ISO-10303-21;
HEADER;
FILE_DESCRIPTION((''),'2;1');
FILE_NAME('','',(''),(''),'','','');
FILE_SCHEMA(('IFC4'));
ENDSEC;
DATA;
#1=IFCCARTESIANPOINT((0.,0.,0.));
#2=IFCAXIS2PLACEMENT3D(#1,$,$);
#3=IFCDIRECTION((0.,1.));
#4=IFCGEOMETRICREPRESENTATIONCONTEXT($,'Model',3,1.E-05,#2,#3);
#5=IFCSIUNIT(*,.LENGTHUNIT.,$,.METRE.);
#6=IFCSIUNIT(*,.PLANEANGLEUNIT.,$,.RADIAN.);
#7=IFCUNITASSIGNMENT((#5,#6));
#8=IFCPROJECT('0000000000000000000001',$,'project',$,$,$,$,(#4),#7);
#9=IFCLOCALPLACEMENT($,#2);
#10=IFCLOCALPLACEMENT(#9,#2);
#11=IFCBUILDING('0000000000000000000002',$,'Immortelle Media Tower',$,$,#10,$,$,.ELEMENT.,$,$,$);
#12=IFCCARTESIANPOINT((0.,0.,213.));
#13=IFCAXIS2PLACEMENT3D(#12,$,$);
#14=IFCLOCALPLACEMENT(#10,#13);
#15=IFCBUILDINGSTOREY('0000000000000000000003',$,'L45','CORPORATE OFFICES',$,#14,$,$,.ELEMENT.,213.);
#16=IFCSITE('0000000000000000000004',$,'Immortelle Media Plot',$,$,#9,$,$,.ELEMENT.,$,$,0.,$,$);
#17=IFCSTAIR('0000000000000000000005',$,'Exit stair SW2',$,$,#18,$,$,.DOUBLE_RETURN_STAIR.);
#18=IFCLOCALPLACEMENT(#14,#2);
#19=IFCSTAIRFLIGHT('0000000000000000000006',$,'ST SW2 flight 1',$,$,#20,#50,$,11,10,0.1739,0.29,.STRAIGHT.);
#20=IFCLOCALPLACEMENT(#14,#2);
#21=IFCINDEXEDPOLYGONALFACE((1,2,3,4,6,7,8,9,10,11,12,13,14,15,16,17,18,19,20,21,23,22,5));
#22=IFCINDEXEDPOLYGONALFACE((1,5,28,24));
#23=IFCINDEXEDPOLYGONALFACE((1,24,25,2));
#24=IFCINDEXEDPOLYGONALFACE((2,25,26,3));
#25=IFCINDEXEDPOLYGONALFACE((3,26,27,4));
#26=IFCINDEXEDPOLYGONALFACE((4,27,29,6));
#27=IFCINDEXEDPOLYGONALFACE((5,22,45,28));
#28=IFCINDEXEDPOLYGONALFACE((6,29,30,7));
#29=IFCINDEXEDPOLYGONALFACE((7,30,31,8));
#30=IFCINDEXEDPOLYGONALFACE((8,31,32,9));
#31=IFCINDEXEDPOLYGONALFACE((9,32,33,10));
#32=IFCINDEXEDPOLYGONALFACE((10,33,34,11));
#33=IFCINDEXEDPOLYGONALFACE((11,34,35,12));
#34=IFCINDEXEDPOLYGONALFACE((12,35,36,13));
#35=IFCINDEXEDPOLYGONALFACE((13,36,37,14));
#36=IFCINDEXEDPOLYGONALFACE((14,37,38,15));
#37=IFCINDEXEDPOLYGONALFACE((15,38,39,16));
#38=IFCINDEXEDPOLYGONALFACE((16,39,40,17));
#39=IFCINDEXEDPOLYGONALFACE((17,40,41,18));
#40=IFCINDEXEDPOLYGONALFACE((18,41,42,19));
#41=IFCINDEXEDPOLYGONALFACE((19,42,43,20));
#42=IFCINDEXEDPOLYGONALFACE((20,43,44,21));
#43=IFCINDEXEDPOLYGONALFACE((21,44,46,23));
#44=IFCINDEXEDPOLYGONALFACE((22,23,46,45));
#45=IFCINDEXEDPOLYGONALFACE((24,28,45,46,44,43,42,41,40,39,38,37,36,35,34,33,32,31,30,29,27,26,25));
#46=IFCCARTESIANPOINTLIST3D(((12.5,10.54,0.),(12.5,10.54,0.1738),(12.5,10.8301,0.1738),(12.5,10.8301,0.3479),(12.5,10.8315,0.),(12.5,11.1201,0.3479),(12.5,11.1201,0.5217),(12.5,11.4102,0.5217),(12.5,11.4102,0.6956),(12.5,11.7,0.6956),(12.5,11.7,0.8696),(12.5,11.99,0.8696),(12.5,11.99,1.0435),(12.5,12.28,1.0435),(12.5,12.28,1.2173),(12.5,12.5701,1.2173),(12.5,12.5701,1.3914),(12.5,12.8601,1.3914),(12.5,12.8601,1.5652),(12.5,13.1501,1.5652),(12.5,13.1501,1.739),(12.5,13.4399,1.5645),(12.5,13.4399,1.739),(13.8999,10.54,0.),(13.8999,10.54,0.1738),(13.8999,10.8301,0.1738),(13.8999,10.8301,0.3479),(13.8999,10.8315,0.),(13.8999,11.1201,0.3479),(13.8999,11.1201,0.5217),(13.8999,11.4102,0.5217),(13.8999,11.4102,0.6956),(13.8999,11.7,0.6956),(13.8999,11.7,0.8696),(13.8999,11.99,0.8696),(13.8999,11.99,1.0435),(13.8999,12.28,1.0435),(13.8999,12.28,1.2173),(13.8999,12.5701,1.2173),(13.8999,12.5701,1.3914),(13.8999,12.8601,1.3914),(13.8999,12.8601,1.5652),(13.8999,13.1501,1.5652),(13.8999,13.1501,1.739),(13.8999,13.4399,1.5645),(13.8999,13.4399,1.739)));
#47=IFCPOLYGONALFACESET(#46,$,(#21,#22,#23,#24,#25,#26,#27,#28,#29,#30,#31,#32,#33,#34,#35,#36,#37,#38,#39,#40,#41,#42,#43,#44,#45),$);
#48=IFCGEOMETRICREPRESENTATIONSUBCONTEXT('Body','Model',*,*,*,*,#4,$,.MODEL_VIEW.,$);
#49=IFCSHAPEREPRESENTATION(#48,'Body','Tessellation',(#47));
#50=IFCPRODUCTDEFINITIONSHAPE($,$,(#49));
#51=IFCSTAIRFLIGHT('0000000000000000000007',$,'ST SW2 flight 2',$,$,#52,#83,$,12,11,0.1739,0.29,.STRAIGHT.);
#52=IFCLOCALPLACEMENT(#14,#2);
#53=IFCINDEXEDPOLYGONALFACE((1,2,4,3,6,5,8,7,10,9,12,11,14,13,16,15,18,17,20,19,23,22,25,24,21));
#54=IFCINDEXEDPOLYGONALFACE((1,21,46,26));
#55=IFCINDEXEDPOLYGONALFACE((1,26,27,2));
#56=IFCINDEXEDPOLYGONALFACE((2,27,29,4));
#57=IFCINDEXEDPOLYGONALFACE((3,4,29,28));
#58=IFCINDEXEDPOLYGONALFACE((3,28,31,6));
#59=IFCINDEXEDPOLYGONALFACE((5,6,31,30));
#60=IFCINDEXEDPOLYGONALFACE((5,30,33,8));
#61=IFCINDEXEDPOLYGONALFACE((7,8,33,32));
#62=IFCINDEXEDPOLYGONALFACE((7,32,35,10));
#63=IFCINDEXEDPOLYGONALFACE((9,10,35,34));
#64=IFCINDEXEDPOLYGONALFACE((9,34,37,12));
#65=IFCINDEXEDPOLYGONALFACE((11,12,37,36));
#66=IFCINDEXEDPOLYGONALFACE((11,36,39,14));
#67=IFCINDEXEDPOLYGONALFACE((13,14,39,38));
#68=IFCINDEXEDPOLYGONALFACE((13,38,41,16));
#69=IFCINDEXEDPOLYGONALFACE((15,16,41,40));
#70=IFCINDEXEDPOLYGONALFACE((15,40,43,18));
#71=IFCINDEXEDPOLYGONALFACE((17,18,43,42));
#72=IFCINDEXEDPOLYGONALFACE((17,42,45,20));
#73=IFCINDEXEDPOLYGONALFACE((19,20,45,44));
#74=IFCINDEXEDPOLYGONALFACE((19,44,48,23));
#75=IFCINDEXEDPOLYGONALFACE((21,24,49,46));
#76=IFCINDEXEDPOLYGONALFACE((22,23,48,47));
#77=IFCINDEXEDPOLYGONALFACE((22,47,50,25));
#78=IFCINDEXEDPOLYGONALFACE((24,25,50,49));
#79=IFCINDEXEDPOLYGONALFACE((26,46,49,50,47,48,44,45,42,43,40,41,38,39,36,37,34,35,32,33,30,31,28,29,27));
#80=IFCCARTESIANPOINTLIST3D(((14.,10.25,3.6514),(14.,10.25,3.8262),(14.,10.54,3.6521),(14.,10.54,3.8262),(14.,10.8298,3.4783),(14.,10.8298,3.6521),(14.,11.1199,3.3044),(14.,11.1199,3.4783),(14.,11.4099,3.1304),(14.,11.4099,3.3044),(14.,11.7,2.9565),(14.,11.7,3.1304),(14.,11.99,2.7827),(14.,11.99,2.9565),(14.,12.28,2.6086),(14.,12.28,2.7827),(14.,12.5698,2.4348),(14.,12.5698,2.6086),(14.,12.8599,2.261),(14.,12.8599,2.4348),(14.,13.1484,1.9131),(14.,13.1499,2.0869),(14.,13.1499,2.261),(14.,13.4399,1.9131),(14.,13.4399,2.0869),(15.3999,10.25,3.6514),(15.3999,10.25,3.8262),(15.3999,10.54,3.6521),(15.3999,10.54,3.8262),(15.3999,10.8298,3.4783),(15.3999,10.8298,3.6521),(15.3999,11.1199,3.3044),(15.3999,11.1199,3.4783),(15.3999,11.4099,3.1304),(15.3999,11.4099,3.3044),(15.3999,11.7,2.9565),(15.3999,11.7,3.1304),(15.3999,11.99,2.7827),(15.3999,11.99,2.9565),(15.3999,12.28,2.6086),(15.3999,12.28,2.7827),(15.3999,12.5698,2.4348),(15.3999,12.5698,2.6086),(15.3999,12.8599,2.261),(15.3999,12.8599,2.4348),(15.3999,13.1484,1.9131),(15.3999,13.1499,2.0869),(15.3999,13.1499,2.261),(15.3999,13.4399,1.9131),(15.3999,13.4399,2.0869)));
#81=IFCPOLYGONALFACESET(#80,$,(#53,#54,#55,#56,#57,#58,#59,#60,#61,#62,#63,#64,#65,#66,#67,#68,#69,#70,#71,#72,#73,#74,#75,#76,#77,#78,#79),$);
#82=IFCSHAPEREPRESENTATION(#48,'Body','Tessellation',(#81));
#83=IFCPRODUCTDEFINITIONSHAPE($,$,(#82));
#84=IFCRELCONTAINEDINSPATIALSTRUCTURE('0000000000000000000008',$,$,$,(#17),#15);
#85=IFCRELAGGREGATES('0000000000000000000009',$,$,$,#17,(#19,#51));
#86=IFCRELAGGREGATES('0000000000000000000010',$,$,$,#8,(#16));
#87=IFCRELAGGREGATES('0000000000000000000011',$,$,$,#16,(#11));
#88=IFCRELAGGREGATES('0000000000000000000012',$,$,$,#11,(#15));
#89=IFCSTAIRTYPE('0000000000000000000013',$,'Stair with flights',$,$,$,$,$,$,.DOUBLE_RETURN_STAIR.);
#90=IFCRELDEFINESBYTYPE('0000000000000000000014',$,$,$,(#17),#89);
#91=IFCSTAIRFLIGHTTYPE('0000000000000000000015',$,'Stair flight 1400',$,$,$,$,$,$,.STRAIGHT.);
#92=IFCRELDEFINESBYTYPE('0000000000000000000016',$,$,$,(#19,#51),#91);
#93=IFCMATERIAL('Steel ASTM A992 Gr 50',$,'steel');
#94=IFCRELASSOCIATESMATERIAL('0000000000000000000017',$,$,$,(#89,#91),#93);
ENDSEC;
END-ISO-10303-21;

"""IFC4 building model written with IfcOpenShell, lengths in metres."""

from ifc_helpers import new_model, si_unit, direction, frame, origin, place, context, subcontext, project, spatial, polyline, outline, extrude, material, type_object, element, aggregate, save


model = new_model("IFC4")

# Units and contexts
model_context = context("Model", 3, precision=1e-05, world=origin(), true_north=direction((0.0, 1.0)))
body_context = subcontext(model_context, "Body", "Model", "MODEL_VIEW")
ifc_project = project(units=[si_unit("LENGTHUNIT", "METRE"), si_unit("PLANEANGLEUNIT", "RADIAN")], contexts=[model_context])

# Site, building, storey
site_placement = place(None, origin())
site = spatial("IfcSite", under=ifc_project, at=site_placement, Name="Immortelle Media Plot", CompositionType="ELEMENT", RefElevation=0.0)
building_placement = place(site_placement, origin())
building = spatial("IfcBuilding", under=site, at=building_placement, Name="Immortelle Media Tower", CompositionType="ELEMENT")
storey_placement = place(building_placement, frame((0.0, 0.0, 213.0)))
storey = spatial("IfcBuildingStorey", under=building, at=storey_placement, Name="L45", Description="CORPORATE OFFICES", CompositionType="ELEMENT", Elevation=213.0)

# Shared definitions
ifc_material_1 = material(Name="Steel ASTM A992 Gr 50", Category="steel")

# Stair, stair flights
stair_type = type_object("IfcStairType", Name="Stair with flights", PredefinedType="DOUBLE_RETURN_STAIR", material=ifc_material_1)
stair_flight_type = type_object("IfcStairFlightType", Name="Stair flight 1400", PredefinedType="STRAIGHT", material=ifc_material_1)
stair_1_placement = place(storey_placement, origin())
stair_1 = element("IfcStair", 1, at=stair_1_placement, inside=storey, type_object=stair_type, Name="Exit stair SW2", PredefinedType="DOUBLE_RETURN_STAIR")
stair_flight_1_placement = place(storey_placement, frame((13.2, 10.54, 0.0), z_axis=(0.0, 0.0, 1.0), x_axis=(0.0, 1.0, 0.0)))
stair_flight_1 = element("IfcStairFlight", 2, at=stair_flight_1_placement, type_object=stair_flight_type, Name="ST SW2 flight 1", NumberOfRisers=11, NumberOfTreads=10, PredefinedType="STRAIGHT", RiserHeight=0.1739, TreadLength=0.29, context=body_context, shape_type="SweptSolid", body=[
    extrude(outline(polyline([(0.0, 0.0), (0.0, 0.1738), (0.29, 0.1738), (0.29, 0.3479), (0.5801, 0.3479), (0.5801, 0.5217), (0.8701, 0.5217), (0.8701, 0.6956), (1.1599, 0.6956), (1.1599, 0.8696), (1.45, 0.8696), (1.45, 1.0435), (1.74, 1.0435), (1.74, 1.2173), (2.03, 1.2173), (2.03, 1.3914), (2.3201, 1.3914), (2.3201, 1.5652), (2.6101, 1.5652), (2.6101, 1.739), (2.8999, 1.739), (2.8999, 1.9131), (2.8999, 1.5645), (0.2915, 0.0), (0.0, 0.0)])), frame((0.0, 0.7, 0.0), z_axis=(0.0, -1.0, 0.0), x_axis=(1.0, 0.0, 0.0)), (0.0, 0.0, 1.0), 1.3999),
])
stair_flight_2_placement = place(storey_placement, frame((14.7, 13.4399, 1.9131), z_axis=(0.0, 0.0, 1.0), x_axis=(0.0, -1.0, 0.0)))
stair_flight_2 = element("IfcStairFlight", 3, at=stair_flight_2_placement, type_object=stair_flight_type, Name="ST SW2 flight 2", NumberOfRisers=12, NumberOfTreads=11, PredefinedType="STRAIGHT", RiserHeight=0.1739, TreadLength=0.29, context=body_context, shape_type="SweptSolid", body=[
    extrude(outline(polyline([(0.0, 0.0), (0.0, 0.1738), (0.29, 0.1738), (0.29, 0.3479), (0.5801, 0.3479), (0.5801, 0.5217), (0.8701, 0.5217), (0.8701, 0.6956), (1.1599, 0.6956), (1.1599, 0.8696), (1.45, 0.8696), (1.45, 1.0435), (1.74, 1.0435), (1.74, 1.2173), (2.03, 1.2173), (2.03, 1.3914), (2.3201, 1.3914), (2.3201, 1.5652), (2.6101, 1.5652), (2.6101, 1.739), (2.8999, 1.739), (2.8999, 1.9131), (3.1899, 1.9131), (3.1899, 2.0869), (3.1899, 1.7383), (0.2915, 0.0), (0.0, 0.0)])), frame((0.0, 0.7, 0.0), z_axis=(0.0, -1.0, 0.0), x_axis=(1.0, 0.0, 0.0)), (0.0, 0.0, 1.0), 1.3999),
])
aggregate(stair_1, [stair_flight_1, stair_flight_2])

save(model, "model.ifc")
